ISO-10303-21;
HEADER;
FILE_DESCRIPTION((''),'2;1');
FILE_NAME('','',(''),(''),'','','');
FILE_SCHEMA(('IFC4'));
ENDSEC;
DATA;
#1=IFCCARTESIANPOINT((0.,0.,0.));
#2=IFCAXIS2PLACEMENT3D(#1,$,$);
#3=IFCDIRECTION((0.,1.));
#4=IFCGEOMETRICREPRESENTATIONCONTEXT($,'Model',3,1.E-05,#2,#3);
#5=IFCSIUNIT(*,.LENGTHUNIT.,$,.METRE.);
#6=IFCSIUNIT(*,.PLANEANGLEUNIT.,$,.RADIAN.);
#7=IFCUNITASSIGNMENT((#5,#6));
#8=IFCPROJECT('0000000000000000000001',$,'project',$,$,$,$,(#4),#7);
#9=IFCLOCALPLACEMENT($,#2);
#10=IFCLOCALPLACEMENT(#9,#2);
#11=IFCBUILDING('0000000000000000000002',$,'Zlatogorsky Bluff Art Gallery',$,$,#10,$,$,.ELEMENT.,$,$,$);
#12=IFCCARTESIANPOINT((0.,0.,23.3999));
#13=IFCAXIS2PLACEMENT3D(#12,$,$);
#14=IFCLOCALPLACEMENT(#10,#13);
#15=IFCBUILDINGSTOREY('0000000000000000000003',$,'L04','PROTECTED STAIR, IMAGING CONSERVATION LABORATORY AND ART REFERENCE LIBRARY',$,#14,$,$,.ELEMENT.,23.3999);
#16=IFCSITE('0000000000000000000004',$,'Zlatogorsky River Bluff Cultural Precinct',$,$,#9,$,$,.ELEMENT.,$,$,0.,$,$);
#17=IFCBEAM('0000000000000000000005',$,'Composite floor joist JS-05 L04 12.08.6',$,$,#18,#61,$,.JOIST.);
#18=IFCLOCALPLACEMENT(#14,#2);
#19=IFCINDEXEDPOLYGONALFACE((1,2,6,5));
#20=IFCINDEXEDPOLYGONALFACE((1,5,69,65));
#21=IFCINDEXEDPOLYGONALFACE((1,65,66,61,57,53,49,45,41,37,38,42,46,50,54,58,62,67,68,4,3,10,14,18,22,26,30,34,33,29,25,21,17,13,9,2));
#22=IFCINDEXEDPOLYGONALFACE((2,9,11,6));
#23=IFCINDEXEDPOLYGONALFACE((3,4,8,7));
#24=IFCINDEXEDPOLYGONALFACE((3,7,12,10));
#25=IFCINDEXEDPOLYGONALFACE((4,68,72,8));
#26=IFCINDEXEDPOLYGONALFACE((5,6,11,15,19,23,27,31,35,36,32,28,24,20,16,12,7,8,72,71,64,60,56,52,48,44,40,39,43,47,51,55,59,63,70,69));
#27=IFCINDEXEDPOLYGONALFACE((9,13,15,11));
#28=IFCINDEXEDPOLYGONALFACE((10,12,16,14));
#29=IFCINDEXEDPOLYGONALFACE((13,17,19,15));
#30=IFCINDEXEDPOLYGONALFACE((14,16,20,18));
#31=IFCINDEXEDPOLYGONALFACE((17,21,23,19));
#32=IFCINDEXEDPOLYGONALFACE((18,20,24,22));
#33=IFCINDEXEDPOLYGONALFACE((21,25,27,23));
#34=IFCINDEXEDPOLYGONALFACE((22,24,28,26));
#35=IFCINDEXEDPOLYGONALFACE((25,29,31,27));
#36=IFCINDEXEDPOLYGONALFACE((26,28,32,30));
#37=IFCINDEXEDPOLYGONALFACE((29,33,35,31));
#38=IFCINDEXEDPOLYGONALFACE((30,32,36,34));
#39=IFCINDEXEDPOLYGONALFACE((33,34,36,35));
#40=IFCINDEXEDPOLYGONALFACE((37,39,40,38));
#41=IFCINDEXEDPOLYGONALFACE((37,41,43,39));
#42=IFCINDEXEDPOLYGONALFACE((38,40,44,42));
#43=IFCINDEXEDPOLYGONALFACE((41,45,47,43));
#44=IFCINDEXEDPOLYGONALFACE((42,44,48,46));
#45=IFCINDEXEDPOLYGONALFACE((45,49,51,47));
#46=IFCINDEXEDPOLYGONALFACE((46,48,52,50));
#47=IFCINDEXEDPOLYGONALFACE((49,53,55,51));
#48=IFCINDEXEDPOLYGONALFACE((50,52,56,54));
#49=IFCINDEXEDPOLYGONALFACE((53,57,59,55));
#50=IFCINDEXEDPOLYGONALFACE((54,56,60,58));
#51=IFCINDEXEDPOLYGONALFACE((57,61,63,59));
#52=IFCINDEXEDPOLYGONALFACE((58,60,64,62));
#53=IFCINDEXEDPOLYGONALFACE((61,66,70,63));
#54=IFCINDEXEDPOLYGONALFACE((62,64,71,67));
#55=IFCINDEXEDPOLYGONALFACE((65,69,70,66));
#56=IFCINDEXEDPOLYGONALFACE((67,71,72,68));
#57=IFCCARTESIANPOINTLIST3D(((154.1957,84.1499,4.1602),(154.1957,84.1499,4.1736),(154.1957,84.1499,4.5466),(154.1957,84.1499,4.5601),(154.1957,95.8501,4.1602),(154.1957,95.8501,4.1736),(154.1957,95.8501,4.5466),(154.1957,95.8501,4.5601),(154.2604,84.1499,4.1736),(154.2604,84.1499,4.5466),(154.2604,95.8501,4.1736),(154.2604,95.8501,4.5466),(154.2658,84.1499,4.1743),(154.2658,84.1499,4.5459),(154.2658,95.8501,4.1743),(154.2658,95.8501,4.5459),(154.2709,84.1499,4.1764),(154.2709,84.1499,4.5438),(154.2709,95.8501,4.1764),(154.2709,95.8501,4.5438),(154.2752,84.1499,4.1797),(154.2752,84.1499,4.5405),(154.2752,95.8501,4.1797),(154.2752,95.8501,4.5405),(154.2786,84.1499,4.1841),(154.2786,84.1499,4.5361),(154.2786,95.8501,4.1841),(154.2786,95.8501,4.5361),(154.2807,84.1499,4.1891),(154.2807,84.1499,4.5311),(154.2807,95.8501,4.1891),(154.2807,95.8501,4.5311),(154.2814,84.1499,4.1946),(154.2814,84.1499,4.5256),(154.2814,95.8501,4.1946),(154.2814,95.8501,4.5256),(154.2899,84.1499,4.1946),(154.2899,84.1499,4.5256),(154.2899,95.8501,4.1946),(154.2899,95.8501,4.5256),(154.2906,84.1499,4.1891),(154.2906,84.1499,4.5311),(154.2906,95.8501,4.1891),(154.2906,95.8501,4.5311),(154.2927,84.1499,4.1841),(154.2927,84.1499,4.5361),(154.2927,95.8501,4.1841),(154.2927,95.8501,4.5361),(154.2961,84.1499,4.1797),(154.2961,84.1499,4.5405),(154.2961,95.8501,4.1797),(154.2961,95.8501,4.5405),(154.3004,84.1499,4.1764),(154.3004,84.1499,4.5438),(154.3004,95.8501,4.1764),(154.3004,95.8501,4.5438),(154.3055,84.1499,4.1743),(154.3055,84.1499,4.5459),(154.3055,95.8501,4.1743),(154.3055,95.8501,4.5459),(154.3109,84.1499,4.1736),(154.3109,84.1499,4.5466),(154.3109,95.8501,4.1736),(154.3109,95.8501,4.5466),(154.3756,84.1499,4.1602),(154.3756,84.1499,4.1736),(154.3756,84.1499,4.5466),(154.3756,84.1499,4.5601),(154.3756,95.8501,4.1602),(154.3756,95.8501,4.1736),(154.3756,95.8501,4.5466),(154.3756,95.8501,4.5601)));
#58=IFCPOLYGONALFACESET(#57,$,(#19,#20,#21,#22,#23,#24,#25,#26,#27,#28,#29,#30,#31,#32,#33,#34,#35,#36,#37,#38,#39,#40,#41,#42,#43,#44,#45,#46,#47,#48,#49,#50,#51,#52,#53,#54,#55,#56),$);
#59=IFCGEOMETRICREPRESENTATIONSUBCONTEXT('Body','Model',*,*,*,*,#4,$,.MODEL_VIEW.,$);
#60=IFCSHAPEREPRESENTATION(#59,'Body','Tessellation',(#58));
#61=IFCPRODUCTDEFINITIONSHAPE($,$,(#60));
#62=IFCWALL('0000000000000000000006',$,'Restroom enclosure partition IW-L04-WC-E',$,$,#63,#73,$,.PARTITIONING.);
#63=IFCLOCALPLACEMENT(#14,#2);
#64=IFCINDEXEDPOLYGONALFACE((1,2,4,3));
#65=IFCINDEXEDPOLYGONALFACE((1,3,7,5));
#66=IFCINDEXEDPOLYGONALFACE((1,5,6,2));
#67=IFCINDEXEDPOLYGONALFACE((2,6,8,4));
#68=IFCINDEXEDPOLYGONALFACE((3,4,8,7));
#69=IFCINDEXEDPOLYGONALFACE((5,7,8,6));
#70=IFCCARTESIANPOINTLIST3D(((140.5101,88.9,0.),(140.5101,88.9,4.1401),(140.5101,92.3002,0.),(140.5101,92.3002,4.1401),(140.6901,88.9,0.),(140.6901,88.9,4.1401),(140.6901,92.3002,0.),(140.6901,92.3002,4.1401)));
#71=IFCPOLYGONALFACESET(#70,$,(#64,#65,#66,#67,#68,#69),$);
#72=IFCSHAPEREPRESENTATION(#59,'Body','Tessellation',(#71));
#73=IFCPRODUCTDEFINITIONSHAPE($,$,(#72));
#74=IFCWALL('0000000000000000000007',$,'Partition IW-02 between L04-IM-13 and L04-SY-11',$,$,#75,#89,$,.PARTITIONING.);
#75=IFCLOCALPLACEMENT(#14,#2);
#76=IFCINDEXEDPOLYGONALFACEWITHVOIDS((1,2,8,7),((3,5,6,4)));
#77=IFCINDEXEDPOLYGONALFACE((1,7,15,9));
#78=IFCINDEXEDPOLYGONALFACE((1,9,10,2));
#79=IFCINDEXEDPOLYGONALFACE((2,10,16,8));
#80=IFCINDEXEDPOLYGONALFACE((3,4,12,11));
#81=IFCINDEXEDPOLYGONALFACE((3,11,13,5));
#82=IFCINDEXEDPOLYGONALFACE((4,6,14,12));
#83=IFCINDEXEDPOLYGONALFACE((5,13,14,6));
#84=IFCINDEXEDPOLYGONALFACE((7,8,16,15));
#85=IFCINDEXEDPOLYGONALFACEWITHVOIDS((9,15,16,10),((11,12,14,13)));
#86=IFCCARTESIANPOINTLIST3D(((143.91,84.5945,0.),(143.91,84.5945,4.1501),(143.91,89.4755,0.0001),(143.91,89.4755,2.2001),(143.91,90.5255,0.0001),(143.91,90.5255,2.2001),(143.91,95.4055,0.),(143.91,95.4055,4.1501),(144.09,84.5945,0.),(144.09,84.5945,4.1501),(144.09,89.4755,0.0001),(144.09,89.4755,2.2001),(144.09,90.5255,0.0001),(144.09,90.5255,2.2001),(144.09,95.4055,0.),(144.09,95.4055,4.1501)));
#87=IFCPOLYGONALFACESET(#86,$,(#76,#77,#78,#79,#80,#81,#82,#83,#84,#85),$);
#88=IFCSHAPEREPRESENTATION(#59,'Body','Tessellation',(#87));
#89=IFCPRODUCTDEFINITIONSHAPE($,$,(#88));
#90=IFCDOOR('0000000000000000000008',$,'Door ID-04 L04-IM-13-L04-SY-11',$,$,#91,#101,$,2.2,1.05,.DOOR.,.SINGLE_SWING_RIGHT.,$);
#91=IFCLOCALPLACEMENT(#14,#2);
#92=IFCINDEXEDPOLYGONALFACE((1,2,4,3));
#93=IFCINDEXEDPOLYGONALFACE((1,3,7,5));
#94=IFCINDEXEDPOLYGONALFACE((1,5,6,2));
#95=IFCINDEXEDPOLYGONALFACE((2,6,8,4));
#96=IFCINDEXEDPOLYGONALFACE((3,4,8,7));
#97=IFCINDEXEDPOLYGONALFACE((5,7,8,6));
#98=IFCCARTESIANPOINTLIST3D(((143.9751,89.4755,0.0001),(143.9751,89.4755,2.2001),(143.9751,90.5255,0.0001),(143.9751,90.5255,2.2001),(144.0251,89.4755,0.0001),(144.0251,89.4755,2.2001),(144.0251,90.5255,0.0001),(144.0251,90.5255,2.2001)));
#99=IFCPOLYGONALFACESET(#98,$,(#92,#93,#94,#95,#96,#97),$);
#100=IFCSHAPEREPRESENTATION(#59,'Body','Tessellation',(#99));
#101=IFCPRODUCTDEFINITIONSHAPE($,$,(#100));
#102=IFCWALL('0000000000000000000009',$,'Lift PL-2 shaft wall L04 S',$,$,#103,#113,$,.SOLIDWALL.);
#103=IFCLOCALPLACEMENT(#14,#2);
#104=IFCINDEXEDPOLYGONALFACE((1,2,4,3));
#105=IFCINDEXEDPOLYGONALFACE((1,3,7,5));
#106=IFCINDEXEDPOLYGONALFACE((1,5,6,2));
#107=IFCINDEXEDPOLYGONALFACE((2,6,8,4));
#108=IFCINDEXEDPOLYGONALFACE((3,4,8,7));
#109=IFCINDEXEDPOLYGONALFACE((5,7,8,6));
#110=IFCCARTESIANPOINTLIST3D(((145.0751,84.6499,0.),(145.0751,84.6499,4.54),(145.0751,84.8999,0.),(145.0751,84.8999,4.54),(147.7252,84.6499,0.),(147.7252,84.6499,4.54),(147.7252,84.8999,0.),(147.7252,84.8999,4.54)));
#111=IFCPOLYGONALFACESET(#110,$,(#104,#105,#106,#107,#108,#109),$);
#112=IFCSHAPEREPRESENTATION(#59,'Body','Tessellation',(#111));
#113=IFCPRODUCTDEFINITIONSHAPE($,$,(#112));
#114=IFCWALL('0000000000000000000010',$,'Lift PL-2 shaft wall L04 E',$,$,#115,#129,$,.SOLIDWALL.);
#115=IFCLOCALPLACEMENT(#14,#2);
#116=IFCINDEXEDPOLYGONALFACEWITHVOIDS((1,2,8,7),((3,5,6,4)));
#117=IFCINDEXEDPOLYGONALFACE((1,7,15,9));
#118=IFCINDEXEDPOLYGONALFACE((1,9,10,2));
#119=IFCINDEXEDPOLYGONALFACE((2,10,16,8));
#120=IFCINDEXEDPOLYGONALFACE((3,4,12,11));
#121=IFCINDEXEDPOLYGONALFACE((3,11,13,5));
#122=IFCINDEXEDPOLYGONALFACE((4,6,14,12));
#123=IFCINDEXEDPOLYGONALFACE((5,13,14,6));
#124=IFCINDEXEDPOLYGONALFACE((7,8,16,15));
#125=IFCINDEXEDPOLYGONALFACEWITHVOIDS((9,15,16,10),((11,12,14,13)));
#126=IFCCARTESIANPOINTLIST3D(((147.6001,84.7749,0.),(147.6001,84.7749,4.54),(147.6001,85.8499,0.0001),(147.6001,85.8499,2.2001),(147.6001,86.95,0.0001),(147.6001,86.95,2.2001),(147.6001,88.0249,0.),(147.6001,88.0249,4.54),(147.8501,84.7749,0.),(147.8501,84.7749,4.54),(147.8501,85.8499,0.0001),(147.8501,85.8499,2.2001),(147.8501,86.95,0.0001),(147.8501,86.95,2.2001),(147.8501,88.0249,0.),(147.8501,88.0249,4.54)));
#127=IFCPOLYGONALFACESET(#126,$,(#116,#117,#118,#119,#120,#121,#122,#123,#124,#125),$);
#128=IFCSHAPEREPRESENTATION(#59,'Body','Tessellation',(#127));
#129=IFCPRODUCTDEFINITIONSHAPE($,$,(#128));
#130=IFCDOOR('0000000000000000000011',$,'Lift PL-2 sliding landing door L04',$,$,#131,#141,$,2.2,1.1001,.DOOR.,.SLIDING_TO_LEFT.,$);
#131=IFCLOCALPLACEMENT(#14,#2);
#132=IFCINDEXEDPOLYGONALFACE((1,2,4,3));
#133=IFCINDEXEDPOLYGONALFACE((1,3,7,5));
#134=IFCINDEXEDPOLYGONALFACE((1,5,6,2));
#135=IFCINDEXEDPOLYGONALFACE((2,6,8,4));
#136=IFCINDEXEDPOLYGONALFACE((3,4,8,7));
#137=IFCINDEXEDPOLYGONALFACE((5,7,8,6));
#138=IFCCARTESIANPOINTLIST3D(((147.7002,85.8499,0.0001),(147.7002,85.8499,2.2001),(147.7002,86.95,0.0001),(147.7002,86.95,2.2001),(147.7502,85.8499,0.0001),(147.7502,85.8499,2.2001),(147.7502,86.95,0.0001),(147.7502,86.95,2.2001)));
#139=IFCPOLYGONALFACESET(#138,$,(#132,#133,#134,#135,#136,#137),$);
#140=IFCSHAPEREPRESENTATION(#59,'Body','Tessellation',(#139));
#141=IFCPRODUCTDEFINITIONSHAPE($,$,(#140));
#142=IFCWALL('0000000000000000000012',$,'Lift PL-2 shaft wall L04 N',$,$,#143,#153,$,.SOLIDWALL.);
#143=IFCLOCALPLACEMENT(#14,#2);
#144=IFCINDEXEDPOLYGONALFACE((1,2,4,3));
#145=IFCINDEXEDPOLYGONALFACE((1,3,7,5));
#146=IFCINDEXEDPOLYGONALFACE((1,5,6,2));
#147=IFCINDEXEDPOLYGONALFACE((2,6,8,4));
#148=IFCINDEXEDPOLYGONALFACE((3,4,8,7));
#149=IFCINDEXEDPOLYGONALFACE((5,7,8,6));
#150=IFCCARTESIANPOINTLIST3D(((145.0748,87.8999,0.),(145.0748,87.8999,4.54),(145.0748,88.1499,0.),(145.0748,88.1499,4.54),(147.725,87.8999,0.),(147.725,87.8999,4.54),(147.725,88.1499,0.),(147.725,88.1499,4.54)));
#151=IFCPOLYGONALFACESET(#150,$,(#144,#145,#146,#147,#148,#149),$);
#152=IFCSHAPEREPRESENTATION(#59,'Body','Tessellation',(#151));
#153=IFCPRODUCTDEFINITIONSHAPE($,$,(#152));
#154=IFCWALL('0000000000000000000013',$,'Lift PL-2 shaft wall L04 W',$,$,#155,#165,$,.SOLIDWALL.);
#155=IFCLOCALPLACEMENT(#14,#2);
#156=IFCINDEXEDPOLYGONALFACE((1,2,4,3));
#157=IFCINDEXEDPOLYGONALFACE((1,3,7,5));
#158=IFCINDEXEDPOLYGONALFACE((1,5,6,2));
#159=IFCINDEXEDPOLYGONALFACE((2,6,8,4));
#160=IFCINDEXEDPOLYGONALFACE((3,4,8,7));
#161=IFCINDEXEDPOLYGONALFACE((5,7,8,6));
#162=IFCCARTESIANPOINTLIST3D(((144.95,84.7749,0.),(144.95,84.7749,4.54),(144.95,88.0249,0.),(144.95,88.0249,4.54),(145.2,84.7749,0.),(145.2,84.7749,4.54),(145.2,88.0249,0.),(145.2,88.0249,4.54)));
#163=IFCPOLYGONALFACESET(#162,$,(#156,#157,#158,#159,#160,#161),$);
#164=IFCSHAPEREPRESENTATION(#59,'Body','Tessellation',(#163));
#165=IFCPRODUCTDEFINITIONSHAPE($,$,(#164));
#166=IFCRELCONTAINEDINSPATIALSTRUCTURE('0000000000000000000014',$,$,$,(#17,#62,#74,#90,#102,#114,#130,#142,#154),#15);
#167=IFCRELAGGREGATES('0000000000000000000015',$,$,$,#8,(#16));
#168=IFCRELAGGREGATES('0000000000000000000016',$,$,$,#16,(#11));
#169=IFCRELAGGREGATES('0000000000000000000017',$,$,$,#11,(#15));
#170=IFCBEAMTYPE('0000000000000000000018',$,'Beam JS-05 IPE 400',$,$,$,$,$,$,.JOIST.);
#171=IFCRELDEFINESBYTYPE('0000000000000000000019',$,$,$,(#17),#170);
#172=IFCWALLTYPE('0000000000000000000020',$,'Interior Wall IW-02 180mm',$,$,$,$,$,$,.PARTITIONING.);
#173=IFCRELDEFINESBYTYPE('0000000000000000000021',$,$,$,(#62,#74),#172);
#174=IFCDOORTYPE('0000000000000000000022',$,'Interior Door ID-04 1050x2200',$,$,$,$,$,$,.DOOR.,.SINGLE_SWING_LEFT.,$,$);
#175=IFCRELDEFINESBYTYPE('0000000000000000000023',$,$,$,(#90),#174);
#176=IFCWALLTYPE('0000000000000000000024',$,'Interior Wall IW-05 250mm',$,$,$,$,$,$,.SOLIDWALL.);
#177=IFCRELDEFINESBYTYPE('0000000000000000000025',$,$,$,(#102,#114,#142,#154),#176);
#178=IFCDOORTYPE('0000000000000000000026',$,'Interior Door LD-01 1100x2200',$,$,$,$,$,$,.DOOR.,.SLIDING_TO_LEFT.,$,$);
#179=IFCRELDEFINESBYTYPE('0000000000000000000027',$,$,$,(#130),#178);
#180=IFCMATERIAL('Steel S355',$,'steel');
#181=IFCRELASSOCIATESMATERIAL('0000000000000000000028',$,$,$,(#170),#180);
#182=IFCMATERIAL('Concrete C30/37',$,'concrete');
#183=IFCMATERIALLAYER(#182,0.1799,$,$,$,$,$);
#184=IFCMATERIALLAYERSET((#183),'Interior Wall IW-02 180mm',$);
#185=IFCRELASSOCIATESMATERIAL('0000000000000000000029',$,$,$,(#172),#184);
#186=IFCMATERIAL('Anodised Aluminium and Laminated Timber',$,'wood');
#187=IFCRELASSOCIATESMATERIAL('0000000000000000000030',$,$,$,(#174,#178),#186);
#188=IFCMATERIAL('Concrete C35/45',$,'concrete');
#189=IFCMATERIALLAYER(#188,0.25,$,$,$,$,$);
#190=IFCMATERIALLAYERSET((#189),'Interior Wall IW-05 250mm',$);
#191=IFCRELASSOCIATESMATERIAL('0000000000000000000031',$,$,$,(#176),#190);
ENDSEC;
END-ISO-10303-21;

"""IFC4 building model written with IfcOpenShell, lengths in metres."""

from ifc_helpers import new_model, si_unit, direction, frame, frame_2d, origin, origin_2d, place, context, subcontext, project, spatial, rectangle, i_section, extrude, material, layer, layer_set, material_profile, profile_set, type_object, element, fill, save


model = new_model("IFC4")

# Units and contexts
model_context = context("Model", 3, precision=1e-05, world=origin(), true_north=direction((0.0, 1.0)))
body_context = subcontext(model_context, "Body", "Model", "MODEL_VIEW")
ifc_project = project(units=[si_unit("LENGTHUNIT", "METRE"), si_unit("PLANEANGLEUNIT", "RADIAN")], contexts=[model_context])

# Site, building, storey
site_placement = place(None, origin())
site = spatial("IfcSite", under=ifc_project, at=site_placement, Name="Zlatogorsky River Bluff Cultural Precinct", CompositionType="ELEMENT", RefElevation=0.0)
building_placement = place(site_placement, origin())
building = spatial("IfcBuilding", under=site, at=building_placement, Name="Zlatogorsky Bluff Art Gallery", CompositionType="ELEMENT")
storey_placement = place(building_placement, frame((0.0, 0.0, 23.3999)))
storey = spatial("IfcBuildingStorey", under=building, at=storey_placement, Name="L04", Description="PROTECTED STAIR, IMAGING CONSERVATION LABORATORY AND ART REFERENCE LIBRARY", CompositionType="ELEMENT", Elevation=23.3999)

# Beam
ifc_material_1 = material(Name="Steel S355", Category="steel")
ifc_material_profile = material_profile(ifc_material_1, i_section(OverallWidth=0.1799, OverallDepth=0.3999, WebThickness=0.0085, FlangeThickness=0.0134, FilletRadius=0.021, at=origin_2d()), Name="IPE 400")
ifc_profile_set = profile_set([ifc_material_profile], Name="Steel S355")
beam_type = type_object("IfcBeamType", Name="Beam JS-05 IPE 400", PredefinedType="JOIST", material=ifc_profile_set)
for number, where, z_axis, x_axis, name in (
    (1, (154.2856, 84.1499, 4.3601), (0.0, 1.0, 0.0), (-1.0, 0.0, 0.0), "Composite floor joist JS-05 L04 12.08.6"),
):
    element("IfcBeam", number, at=place(storey_placement, frame(where, z_axis=z_axis, x_axis=x_axis)), inside=storey, type_object=beam_type, Name=name, PredefinedType="JOIST", context=body_context, shape_type="SweptSolid", body=[
        extrude(i_section(OverallWidth=0.1799, OverallDepth=0.3999, WebThickness=0.0085, FlangeThickness=0.0134, FilletRadius=0.021, at=origin_2d()), origin(), (0.0, 0.0, 1.0), 11.7002),
    ])

# Wall
ifc_material_2 = material(Name="Concrete C30/37", Category="concrete")
ifc_layer_1 = layer(ifc_material_2, 0.1799)
ifc_layer_set_1 = layer_set([ifc_layer_1], Name="Interior Wall IW-02 180mm")
wall_type_1 = type_object("IfcWallType", Name="Interior Wall IW-02 180mm", PredefinedType="PARTITIONING", material=ifc_layer_set_1)
wall_1_placement = place(storey_placement, frame((140.6001, 88.8999, 0.0), z_axis=(0.0, 0.0, 1.0), x_axis=(0.0, 1.0, 0.0)))
element("IfcWall", 2, at=wall_1_placement, inside=storey, type_object=wall_type_1, Name="Restroom enclosure partition IW-L04-WC-E", PredefinedType="PARTITIONING", context=body_context, shape_type="SweptSolid", body=[
    extrude(rectangle(XDim=3.4001, YDim=0.1799, at=frame_2d((1.7002, 0.0))), origin(), (0.0, 0.0, 1.0), 4.1401),
])

# Wall, opening, door
wall_2_placement = place(storey_placement, frame((144.0, 84.5945, 0.0), z_axis=(0.0, 0.0, 1.0), x_axis=(0.0, 1.0, 0.0)))
wall_2 = element("IfcWall", 3, at=wall_2_placement, inside=storey, type_object=wall_type_1, Name="Partition IW-02 between L04-IM-13 and L04-SY-11", PredefinedType="PARTITIONING", context=body_context, shape_type="SweptSolid", body=[
    extrude(rectangle(XDim=10.811, YDim=0.1799, at=frame_2d((5.4055, 0.0))), origin(), (0.0, 0.0, 1.0), 4.1501),
])
opening_1_placement = place(wall_2_placement, frame((4.8811, 0.0, 0.0)))
opening_1 = element("IfcOpeningElement", 4, at=opening_1_placement, cuts=wall_2, PredefinedType="OPENING", context=body_context, shape_type="SweptSolid", body=[
    extrude(rectangle(XDim=1.05, YDim=2.2, at=frame_2d((0.5249, 1.1001))), frame((0.0, 0.0999, 0.0), z_axis=(0.0, -1.0, 0.0), x_axis=(1.0, 0.0, 0.0)), (0.0, 0.0, 1.0), 0.2),
])
ifc_material_3 = material(Name="Anodised Aluminium and Laminated Timber", Category="wood")
door_type_1 = type_object("IfcDoorType", Name="Interior Door ID-04 1050x2200", OperationType="SINGLE_SWING_LEFT", PredefinedType="DOOR", material=ifc_material_3)
door_1_placement = place(opening_1_placement, origin())
door_1 = element("IfcDoor", 5, at=door_1_placement, inside=storey, type_object=door_type_1, Name="Door ID-04 L04-IM-13-L04-SY-11", OperationType="SINGLE_SWING_RIGHT", OverallHeight=2.2, OverallWidth=1.05, PredefinedType="DOOR", context=body_context, shape_type="SweptSolid", body=[
    extrude(rectangle(XDim=1.05, YDim=2.2, at=frame_2d((0.5249, 1.1001))), frame((0.0, 0.0249, 0.0), z_axis=(0.0, -1.0, 0.0), x_axis=(1.0, 0.0, 0.0)), (0.0, 0.0, 1.0), 0.05),
])
fill(opening_1, door_1)

# Wall
ifc_material_4 = material(Name="Concrete C35/45", Category="concrete")
ifc_layer_2 = layer(ifc_material_4, 0.25)
ifc_layer_set_2 = layer_set([ifc_layer_2], Name="Interior Wall IW-05 250mm")
wall_type_2 = type_object("IfcWallType", Name="Interior Wall IW-05 250mm", PredefinedType="SOLIDWALL", material=ifc_layer_set_2)
wall_3_placement = place(storey_placement, frame((145.075, 84.7749, 0.0), z_axis=(0.0, 0.0, 1.0), x_axis=(1.0, 0.0, 0.0)))
element("IfcWall", 6, at=wall_3_placement, inside=storey, type_object=wall_type_2, Name="Lift PL-2 shaft wall L04 S", PredefinedType="SOLIDWALL", context=body_context, shape_type="SweptSolid", body=[
    extrude(rectangle(XDim=2.6501, YDim=0.25, at=frame_2d((1.3252, 0.0))), origin(), (0.0, 0.0, 1.0), 4.54),
])

# Wall, opening, door
wall_4_placement = place(storey_placement, frame((147.7251, 84.7749, 0.0), z_axis=(0.0, 0.0, 1.0), x_axis=(0.0, 1.0, 0.0)))
wall_4 = element("IfcWall", 7, at=wall_4_placement, inside=storey, type_object=wall_type_2, Name="Lift PL-2 shaft wall L04 E", PredefinedType="SOLIDWALL", context=body_context, shape_type="SweptSolid", body=[
    extrude(rectangle(XDim=3.25, YDim=0.25, at=frame_2d((1.625, 0.0))), origin(), (0.0, 0.0, 1.0), 4.54),
])
opening_2_placement = place(wall_4_placement, frame((1.075, 0.0, 0.0)))
opening_2 = element("IfcOpeningElement", 8, at=opening_2_placement, cuts=wall_4, PredefinedType="OPENING", context=body_context, shape_type="SweptSolid", body=[
    extrude(rectangle(XDim=1.1001, YDim=2.2, at=frame_2d((0.55, 1.1001))), frame((0.0, 0.135, 0.0), z_axis=(0.0, -1.0, 0.0), x_axis=(1.0, 0.0, 0.0)), (0.0, 0.0, 1.0), 0.27),
])
door_type_2 = type_object("IfcDoorType", Name="Interior Door LD-01 1100x2200", OperationType="SLIDING_TO_LEFT", PredefinedType="DOOR", material=ifc_material_3)
door_2_placement = place(opening_2_placement, origin())
door_2 = element("IfcDoor", 9, at=door_2_placement, inside=storey, type_object=door_type_2, Name="Lift PL-2 sliding landing door L04", OperationType="SLIDING_TO_LEFT", OverallHeight=2.2, OverallWidth=1.1001, PredefinedType="DOOR", context=body_context, shape_type="SweptSolid", body=[
    extrude(rectangle(XDim=1.1001, YDim=2.2, at=frame_2d((0.55, 1.1001))), frame((0.0, 0.0249, 0.0), z_axis=(0.0, -1.0, 0.0), x_axis=(1.0, 0.0, 0.0)), (0.0, 0.0, 1.0), 0.05),
])
fill(opening_2, door_2)

# Walls
wall_5_placement = place(storey_placement, frame((147.7251, 88.0249, 0.0), z_axis=(0.0, 0.0, 1.0), x_axis=(-1.0, 0.0, 0.0)))
element("IfcWall", 10, at=wall_5_placement, inside=storey, type_object=wall_type_2, Name="Lift PL-2 shaft wall L04 N", PredefinedType="SOLIDWALL", context=body_context, shape_type="SweptSolid", body=[
    extrude(rectangle(XDim=2.6501, YDim=0.25, at=frame_2d((1.3252, 0.0))), origin(), (0.0, 0.0, 1.0), 4.54),
])
wall_6_placement = place(storey_placement, frame((145.075, 88.0249, 0.0), z_axis=(0.0, 0.0, 1.0), x_axis=(0.0, -1.0, 0.0)))
element("IfcWall", 11, at=wall_6_placement, inside=storey, type_object=wall_type_2, Name="Lift PL-2 shaft wall L04 W", PredefinedType="SOLIDWALL", context=body_context, shape_type="SweptSolid", body=[
    extrude(rectangle(XDim=3.25, YDim=0.25, at=frame_2d((1.625, 0.0))), origin(), (0.0, 0.0, 1.0), 4.54),
])

save(model, "model.ifc")
